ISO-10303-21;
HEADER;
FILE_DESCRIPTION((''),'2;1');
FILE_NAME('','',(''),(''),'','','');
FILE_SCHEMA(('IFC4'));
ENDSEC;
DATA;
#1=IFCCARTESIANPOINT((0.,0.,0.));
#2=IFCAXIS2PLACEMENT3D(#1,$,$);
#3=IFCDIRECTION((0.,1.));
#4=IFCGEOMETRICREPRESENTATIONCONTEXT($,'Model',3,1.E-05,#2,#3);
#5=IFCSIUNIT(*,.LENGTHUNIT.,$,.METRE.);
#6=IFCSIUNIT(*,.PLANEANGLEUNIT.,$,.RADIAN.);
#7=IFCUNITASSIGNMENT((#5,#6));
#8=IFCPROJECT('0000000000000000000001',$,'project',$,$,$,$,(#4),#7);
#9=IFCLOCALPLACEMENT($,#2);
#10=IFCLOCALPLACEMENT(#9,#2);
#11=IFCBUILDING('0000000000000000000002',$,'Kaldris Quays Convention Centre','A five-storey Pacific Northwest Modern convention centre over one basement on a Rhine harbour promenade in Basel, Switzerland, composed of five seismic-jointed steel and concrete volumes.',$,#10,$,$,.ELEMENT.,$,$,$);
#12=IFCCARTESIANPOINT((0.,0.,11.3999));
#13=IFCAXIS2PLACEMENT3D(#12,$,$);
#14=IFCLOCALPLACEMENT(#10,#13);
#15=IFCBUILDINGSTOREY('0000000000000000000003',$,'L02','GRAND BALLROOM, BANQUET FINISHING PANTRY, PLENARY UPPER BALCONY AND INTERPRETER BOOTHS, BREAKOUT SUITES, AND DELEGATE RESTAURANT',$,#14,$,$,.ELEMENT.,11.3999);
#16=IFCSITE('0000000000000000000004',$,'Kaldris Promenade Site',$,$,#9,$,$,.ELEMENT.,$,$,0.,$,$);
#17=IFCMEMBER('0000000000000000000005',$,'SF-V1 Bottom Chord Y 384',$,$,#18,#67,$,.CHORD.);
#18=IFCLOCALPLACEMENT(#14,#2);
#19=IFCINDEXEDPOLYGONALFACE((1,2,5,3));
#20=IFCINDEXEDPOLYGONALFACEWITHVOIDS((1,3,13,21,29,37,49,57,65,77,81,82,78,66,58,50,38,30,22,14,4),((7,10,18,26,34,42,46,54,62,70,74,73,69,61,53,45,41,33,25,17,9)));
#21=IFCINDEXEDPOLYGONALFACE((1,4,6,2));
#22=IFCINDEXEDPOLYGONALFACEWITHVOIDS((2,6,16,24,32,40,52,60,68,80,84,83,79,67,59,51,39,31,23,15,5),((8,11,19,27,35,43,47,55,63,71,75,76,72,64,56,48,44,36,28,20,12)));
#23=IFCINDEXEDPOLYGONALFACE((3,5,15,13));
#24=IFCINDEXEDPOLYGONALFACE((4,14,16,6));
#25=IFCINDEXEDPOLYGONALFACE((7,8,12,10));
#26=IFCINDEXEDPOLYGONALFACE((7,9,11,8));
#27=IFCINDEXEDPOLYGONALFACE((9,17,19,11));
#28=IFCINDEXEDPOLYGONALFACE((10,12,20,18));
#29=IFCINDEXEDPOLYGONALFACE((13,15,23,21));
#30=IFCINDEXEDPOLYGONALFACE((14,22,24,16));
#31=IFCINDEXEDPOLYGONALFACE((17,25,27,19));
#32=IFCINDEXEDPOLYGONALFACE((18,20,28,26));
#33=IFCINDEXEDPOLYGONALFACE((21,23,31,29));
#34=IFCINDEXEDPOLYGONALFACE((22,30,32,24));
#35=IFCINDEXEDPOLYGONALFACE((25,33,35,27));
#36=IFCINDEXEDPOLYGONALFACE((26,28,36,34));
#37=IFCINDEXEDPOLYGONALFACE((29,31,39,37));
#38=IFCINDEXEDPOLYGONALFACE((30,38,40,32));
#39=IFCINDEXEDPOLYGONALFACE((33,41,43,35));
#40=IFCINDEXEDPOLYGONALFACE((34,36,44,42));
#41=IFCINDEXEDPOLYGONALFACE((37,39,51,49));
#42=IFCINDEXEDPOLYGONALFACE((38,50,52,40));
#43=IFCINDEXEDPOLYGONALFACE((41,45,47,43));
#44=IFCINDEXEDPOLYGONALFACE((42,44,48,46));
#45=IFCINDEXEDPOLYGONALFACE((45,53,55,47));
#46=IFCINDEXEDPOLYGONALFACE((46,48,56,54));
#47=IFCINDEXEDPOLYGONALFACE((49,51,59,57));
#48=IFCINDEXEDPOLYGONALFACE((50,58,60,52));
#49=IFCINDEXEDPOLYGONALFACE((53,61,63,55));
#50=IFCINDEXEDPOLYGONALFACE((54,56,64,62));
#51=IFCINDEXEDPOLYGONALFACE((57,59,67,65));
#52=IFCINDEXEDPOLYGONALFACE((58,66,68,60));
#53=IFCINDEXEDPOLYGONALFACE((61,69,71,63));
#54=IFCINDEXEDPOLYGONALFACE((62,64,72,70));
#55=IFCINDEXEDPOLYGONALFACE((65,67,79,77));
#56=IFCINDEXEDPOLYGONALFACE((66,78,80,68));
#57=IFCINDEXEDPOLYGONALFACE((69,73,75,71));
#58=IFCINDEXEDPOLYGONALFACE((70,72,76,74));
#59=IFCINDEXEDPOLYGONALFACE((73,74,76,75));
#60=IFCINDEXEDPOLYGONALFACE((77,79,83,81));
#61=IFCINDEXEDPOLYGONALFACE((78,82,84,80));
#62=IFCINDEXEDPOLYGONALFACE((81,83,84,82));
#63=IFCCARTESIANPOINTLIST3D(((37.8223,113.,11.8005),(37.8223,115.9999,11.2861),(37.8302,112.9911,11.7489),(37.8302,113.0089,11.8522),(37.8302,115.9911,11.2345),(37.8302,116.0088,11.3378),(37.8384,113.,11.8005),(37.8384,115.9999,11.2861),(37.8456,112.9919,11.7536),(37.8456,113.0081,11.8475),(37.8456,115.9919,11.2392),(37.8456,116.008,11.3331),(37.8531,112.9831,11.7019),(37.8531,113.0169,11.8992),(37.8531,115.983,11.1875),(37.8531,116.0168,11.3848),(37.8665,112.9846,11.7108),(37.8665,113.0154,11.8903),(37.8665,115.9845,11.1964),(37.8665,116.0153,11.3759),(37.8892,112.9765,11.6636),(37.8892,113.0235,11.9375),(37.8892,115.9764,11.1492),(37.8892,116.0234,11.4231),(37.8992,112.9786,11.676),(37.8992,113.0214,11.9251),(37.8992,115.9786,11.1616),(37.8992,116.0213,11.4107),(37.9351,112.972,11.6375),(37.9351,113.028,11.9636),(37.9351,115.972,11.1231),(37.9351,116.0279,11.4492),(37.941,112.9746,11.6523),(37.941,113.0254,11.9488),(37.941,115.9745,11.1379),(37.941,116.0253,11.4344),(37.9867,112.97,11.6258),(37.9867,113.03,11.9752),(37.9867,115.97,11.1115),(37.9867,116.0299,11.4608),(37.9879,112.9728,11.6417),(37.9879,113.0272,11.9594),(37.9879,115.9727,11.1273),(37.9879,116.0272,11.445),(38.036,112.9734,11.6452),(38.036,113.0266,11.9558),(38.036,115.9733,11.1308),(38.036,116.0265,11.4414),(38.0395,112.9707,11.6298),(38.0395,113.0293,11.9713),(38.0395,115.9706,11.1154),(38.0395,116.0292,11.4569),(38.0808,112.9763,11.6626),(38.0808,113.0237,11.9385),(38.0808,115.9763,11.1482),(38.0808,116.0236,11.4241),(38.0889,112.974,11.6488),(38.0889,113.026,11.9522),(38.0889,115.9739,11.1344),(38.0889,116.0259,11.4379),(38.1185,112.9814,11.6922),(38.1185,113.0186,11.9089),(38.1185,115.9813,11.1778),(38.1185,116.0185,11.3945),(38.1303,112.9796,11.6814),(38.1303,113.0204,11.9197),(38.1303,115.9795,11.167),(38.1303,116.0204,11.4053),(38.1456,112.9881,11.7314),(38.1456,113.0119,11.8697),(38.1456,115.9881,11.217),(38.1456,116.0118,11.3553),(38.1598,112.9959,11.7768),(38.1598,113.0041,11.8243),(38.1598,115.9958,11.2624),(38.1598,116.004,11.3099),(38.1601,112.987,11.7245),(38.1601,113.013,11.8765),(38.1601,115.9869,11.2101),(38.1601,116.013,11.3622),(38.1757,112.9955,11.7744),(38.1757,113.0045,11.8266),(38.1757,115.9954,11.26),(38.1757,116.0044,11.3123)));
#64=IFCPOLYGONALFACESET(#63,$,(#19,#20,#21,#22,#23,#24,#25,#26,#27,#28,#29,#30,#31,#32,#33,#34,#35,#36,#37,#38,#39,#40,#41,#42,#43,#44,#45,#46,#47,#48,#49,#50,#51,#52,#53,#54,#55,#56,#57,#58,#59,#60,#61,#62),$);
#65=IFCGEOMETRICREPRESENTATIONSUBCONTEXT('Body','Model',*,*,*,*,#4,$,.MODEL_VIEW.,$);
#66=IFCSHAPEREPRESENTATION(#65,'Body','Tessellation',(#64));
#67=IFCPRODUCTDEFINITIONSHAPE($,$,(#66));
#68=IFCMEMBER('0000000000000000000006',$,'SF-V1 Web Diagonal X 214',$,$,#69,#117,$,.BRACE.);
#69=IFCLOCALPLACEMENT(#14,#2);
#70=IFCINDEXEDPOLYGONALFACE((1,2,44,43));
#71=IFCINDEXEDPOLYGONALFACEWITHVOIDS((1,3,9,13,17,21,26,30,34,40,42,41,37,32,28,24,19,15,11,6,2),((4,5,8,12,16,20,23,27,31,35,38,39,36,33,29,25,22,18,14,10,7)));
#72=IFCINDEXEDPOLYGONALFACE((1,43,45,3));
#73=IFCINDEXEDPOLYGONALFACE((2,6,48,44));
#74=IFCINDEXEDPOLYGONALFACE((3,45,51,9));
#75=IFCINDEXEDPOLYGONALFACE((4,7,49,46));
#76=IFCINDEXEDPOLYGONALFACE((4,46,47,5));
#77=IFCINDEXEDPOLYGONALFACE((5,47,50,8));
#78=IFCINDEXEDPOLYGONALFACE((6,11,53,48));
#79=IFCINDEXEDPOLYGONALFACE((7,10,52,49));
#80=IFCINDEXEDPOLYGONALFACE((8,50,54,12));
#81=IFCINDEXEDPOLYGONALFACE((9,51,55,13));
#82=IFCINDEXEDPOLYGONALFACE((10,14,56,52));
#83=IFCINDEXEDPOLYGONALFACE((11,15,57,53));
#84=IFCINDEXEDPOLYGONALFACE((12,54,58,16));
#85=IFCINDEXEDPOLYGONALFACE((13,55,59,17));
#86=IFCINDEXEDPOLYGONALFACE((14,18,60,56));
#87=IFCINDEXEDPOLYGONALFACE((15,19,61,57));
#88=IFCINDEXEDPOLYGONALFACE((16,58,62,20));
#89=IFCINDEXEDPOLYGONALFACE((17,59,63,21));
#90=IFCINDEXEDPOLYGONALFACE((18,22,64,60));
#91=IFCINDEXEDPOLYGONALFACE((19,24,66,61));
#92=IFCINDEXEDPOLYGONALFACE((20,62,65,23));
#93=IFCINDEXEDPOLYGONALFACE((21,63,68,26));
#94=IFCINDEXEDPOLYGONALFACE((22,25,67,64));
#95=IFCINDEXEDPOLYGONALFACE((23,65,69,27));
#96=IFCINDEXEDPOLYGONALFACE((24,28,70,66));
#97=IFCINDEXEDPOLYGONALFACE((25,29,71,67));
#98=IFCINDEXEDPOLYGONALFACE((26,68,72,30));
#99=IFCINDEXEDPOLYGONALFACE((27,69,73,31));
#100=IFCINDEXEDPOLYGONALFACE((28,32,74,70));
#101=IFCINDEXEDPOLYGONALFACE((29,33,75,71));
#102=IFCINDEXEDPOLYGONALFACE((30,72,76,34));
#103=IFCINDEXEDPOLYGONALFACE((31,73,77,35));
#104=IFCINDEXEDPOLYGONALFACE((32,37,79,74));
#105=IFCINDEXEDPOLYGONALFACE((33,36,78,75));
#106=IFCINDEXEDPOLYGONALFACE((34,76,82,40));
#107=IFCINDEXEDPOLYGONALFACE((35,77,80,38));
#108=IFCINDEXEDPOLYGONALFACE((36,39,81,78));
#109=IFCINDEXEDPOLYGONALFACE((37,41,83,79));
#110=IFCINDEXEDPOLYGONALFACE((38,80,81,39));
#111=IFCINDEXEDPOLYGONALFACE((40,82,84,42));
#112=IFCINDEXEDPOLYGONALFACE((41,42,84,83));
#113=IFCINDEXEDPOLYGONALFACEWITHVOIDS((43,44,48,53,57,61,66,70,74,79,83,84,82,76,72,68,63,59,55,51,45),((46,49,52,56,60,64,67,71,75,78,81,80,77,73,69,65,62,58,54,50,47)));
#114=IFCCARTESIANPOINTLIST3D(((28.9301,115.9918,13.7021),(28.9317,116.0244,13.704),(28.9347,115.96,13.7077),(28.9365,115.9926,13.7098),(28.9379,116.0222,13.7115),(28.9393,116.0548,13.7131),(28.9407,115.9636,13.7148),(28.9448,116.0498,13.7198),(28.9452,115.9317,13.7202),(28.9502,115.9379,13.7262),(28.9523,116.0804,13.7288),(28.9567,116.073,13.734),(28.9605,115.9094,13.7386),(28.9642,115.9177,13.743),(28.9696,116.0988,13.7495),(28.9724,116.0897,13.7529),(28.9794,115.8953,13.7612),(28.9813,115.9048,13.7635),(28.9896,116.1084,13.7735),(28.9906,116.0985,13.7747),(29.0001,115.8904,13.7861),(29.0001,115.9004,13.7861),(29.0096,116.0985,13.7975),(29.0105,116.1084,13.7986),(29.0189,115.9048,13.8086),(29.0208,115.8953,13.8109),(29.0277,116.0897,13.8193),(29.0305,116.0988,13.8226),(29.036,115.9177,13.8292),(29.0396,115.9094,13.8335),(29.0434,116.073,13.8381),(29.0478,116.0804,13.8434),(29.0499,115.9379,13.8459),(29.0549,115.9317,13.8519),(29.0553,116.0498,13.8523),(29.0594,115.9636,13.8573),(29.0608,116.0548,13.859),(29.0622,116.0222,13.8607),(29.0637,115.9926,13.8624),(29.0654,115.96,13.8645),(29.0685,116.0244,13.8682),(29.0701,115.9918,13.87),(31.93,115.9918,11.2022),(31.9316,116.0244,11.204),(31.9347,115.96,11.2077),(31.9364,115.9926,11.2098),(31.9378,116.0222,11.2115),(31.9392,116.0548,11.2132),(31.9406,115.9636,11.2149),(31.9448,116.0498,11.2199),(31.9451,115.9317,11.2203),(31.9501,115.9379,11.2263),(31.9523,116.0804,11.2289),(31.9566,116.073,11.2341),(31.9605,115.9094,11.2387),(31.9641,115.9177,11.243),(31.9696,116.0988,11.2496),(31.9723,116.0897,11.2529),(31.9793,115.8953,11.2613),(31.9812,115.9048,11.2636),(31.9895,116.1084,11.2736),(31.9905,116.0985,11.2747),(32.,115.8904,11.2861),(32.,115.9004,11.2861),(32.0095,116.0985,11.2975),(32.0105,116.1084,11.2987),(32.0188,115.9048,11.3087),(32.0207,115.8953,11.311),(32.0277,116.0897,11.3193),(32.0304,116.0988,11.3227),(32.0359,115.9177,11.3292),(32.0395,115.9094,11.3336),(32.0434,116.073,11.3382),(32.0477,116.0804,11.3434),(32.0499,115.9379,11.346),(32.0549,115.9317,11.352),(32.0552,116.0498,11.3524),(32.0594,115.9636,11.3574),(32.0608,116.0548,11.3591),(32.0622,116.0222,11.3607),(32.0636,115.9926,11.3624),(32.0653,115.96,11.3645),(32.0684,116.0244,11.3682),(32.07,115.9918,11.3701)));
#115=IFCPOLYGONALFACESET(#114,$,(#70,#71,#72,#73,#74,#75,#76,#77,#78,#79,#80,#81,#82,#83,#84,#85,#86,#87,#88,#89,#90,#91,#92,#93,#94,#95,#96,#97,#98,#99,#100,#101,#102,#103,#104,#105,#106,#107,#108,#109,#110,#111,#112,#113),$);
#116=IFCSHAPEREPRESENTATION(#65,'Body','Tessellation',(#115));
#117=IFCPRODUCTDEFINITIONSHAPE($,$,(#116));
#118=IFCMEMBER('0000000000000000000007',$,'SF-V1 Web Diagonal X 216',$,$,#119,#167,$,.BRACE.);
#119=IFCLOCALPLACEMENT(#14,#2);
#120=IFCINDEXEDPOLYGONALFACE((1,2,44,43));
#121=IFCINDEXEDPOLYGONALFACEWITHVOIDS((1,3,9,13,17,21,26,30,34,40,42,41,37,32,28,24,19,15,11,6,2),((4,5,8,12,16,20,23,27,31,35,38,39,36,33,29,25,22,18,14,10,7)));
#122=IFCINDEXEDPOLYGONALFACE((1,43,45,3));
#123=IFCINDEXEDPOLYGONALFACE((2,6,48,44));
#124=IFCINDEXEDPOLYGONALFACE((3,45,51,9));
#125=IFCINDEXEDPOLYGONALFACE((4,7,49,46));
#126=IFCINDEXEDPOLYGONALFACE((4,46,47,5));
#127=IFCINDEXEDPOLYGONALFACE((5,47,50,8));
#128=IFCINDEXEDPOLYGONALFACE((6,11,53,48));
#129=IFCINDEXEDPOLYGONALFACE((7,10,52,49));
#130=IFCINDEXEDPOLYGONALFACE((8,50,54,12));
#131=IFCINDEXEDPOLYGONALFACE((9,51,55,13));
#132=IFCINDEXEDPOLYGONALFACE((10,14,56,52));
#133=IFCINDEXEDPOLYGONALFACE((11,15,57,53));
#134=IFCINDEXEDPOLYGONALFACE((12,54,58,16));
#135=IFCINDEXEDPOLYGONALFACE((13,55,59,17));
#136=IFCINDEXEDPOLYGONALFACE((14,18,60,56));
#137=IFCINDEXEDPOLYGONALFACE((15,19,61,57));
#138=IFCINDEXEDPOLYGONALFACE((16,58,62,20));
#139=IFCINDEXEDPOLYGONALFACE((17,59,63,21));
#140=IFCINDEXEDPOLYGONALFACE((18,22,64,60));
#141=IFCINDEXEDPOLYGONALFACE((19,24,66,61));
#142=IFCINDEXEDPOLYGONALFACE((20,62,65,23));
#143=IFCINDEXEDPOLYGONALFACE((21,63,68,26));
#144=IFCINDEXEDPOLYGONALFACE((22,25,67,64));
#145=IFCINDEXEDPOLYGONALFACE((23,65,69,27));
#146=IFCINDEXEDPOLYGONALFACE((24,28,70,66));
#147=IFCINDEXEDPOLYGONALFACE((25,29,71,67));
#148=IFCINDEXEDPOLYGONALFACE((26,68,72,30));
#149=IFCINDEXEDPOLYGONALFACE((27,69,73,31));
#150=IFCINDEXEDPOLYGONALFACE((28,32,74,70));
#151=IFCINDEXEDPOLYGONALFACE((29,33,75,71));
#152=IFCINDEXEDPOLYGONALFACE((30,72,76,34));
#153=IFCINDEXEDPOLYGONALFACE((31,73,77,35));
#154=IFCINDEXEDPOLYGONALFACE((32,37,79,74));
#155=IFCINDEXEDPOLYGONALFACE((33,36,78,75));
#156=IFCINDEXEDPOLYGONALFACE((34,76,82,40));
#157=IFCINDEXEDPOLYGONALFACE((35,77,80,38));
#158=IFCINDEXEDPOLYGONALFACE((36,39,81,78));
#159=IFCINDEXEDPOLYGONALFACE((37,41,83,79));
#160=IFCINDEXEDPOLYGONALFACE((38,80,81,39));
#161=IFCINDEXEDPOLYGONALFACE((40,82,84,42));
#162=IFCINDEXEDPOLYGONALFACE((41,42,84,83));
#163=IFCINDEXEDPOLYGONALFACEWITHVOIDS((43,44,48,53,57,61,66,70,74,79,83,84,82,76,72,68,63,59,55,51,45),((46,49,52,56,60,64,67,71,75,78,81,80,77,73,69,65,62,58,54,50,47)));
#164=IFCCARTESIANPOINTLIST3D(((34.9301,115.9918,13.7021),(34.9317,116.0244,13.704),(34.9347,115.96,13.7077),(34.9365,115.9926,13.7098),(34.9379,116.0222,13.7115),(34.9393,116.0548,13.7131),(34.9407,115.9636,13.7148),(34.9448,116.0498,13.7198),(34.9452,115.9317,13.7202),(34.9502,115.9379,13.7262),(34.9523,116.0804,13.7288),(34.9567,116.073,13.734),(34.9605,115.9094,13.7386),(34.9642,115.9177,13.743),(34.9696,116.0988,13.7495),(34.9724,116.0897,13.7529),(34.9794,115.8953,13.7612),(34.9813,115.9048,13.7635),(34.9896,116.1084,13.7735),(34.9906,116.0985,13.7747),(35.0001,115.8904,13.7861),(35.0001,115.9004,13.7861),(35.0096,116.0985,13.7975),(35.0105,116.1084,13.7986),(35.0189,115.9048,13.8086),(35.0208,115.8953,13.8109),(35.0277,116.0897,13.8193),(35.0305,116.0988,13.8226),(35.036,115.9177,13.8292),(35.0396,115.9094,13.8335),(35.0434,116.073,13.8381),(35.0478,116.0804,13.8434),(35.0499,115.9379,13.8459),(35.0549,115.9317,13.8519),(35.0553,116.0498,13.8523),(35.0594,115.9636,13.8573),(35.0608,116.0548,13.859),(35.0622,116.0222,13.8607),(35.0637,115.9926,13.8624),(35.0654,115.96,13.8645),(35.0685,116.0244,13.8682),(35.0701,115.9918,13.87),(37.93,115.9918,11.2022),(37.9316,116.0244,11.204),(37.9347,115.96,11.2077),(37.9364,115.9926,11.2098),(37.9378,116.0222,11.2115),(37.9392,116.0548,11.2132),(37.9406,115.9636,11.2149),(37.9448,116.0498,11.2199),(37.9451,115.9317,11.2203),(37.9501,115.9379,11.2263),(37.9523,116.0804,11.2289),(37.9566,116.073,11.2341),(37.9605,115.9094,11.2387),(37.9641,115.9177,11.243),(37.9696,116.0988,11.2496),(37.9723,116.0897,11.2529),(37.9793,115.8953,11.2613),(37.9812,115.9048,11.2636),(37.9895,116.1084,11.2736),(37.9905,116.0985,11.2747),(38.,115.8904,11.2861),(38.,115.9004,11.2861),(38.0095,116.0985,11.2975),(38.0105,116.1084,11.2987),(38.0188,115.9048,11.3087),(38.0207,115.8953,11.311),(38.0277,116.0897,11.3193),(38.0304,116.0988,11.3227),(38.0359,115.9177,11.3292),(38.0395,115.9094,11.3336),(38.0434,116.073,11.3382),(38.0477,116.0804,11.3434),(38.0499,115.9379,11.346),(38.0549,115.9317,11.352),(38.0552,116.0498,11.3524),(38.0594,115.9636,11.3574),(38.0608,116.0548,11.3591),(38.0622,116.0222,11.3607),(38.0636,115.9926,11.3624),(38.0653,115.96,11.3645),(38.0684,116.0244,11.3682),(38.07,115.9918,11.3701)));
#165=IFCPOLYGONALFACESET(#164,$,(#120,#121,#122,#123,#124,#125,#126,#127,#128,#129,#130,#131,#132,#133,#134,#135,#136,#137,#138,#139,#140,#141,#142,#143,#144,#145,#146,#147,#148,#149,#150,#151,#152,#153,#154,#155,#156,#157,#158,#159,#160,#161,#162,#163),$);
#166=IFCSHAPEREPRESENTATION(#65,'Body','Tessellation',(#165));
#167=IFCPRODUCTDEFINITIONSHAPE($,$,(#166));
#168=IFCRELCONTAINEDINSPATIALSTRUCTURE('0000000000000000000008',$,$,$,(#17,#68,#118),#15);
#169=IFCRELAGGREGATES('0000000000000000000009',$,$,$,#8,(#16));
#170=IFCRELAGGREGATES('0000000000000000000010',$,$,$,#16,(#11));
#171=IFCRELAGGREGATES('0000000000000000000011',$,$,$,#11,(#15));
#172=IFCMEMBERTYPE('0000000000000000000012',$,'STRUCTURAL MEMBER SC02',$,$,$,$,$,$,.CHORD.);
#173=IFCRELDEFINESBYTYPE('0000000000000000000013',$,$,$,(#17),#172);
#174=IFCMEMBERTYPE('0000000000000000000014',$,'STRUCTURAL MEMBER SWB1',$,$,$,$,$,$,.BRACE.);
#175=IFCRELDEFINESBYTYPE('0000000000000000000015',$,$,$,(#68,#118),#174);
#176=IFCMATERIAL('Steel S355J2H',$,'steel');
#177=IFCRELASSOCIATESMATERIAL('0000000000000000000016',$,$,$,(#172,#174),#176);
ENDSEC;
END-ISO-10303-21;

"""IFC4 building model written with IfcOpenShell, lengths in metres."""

from ifc_helpers import new_model, si_unit, direction, frame, origin, origin_2d, place, context, subcontext, project, spatial, hollow_circle, extrude, material, material_profile, profile_set, type_object, element, save


model = new_model("IFC4")

# Units and contexts
model_context = context("Model", 3, precision=1e-05, world=origin(), true_north=direction((0.0, 1.0)))
body_context = subcontext(model_context, "Body", "Model", "MODEL_VIEW")
ifc_project = project(units=[si_unit("LENGTHUNIT", "METRE"), si_unit("PLANEANGLEUNIT", "RADIAN")], contexts=[model_context])

# Site, building, storey
site_placement = place(None, origin())
site = spatial("IfcSite", under=ifc_project, at=site_placement, Name="Kaldris Promenade Site", CompositionType="ELEMENT", RefElevation=0.0)
building_placement = place(site_placement, origin())
building = spatial("IfcBuilding", under=site, at=building_placement, Name="Kaldris Quays Convention Centre", Description="A five-storey Pacific Northwest Modern convention centre over one basement on a Rhine harbour promenade in Basel, Switzerland, composed of five seismic-jointed steel and concrete volumes.", CompositionType="ELEMENT")
storey_placement = place(building_placement, frame((0.0, 0.0, 11.3999)))
storey = spatial("IfcBuildingStorey", under=building, at=storey_placement, Name="L02", Description="GRAND BALLROOM, BANQUET FINISHING PANTRY, PLENARY UPPER BALCONY AND INTERPRETER BOOTHS, BREAKOUT SUITES, AND DELEGATE RESTAURANT", CompositionType="ELEMENT", Elevation=11.3999)

# Members
ifc_material_1 = material(Name="Steel S355J2H", Category="steel")
ifc_material_profile_1 = material_profile(ifc_material_1, hollow_circle(Radius=0.1777, WallThickness=0.0161, at=origin_2d()), Name="CHS 355.6x16")
ifc_profile_set_1 = profile_set([ifc_material_profile_1], Name="Steel S355J2H")
member_type_1 = type_object("IfcMemberType", Name="STRUCTURAL MEMBER SC02", PredefinedType="CHORD", material=ifc_profile_set_1)
for number, where, z_axis, x_axis, name in (
    (1, (38.0, 113.0, 11.8005), (0.0, 0.985616, -0.169002), (-1.0, 0.0, 0.0), "SF-V1 Bottom Chord Y 384"),
):
    element("IfcMember", number, at=place(storey_placement, frame(where, z_axis=z_axis, x_axis=x_axis)), inside=storey, type_object=member_type_1, Name=name, PredefinedType="CHORD", context=body_context, shape_type="SweptSolid", body=[
        extrude(hollow_circle(Radius=0.1777, WallThickness=0.0161, at=origin_2d()), origin(), (0.0, 0.0, 1.0), 3.0437),
    ])
ifc_material_profile_2 = material_profile(ifc_material_1, hollow_circle(Radius=0.1096, WallThickness=0.01, at=origin_2d()), Name="CHS 219.1x10")
ifc_profile_set_2 = profile_set([ifc_material_profile_2], Name="Steel S355J2H")
member_type_2 = type_object("IfcMemberType", Name="STRUCTURAL MEMBER SWB1", PredefinedType="BRACE", material=ifc_profile_set_2)
for number, where, z_axis, x_axis, name in (
    (2, (32.0, 116.0, 11.2861), (-0.768221, 0.0, 0.640184), (0.0, -1.0, 0.0), "SF-V1 Web Diagonal X 214"),
    (3, (38.0, 116.0, 11.2861), (-0.768221, 0.0, 0.640184), (0.0, -1.0, 0.0), "SF-V1 Web Diagonal X 216"),
):
    element("IfcMember", number, at=place(storey_placement, frame(where, z_axis=z_axis, x_axis=x_axis)), inside=storey, type_object=member_type_2, Name=name, PredefinedType="BRACE", context=body_context, shape_type="SweptSolid", body=[
        extrude(hollow_circle(Radius=0.1096, WallThickness=0.01, at=origin_2d()), origin(), (0.0, 0.0, 1.0), 3.905),
    ])

save(model, "model.ifc")
